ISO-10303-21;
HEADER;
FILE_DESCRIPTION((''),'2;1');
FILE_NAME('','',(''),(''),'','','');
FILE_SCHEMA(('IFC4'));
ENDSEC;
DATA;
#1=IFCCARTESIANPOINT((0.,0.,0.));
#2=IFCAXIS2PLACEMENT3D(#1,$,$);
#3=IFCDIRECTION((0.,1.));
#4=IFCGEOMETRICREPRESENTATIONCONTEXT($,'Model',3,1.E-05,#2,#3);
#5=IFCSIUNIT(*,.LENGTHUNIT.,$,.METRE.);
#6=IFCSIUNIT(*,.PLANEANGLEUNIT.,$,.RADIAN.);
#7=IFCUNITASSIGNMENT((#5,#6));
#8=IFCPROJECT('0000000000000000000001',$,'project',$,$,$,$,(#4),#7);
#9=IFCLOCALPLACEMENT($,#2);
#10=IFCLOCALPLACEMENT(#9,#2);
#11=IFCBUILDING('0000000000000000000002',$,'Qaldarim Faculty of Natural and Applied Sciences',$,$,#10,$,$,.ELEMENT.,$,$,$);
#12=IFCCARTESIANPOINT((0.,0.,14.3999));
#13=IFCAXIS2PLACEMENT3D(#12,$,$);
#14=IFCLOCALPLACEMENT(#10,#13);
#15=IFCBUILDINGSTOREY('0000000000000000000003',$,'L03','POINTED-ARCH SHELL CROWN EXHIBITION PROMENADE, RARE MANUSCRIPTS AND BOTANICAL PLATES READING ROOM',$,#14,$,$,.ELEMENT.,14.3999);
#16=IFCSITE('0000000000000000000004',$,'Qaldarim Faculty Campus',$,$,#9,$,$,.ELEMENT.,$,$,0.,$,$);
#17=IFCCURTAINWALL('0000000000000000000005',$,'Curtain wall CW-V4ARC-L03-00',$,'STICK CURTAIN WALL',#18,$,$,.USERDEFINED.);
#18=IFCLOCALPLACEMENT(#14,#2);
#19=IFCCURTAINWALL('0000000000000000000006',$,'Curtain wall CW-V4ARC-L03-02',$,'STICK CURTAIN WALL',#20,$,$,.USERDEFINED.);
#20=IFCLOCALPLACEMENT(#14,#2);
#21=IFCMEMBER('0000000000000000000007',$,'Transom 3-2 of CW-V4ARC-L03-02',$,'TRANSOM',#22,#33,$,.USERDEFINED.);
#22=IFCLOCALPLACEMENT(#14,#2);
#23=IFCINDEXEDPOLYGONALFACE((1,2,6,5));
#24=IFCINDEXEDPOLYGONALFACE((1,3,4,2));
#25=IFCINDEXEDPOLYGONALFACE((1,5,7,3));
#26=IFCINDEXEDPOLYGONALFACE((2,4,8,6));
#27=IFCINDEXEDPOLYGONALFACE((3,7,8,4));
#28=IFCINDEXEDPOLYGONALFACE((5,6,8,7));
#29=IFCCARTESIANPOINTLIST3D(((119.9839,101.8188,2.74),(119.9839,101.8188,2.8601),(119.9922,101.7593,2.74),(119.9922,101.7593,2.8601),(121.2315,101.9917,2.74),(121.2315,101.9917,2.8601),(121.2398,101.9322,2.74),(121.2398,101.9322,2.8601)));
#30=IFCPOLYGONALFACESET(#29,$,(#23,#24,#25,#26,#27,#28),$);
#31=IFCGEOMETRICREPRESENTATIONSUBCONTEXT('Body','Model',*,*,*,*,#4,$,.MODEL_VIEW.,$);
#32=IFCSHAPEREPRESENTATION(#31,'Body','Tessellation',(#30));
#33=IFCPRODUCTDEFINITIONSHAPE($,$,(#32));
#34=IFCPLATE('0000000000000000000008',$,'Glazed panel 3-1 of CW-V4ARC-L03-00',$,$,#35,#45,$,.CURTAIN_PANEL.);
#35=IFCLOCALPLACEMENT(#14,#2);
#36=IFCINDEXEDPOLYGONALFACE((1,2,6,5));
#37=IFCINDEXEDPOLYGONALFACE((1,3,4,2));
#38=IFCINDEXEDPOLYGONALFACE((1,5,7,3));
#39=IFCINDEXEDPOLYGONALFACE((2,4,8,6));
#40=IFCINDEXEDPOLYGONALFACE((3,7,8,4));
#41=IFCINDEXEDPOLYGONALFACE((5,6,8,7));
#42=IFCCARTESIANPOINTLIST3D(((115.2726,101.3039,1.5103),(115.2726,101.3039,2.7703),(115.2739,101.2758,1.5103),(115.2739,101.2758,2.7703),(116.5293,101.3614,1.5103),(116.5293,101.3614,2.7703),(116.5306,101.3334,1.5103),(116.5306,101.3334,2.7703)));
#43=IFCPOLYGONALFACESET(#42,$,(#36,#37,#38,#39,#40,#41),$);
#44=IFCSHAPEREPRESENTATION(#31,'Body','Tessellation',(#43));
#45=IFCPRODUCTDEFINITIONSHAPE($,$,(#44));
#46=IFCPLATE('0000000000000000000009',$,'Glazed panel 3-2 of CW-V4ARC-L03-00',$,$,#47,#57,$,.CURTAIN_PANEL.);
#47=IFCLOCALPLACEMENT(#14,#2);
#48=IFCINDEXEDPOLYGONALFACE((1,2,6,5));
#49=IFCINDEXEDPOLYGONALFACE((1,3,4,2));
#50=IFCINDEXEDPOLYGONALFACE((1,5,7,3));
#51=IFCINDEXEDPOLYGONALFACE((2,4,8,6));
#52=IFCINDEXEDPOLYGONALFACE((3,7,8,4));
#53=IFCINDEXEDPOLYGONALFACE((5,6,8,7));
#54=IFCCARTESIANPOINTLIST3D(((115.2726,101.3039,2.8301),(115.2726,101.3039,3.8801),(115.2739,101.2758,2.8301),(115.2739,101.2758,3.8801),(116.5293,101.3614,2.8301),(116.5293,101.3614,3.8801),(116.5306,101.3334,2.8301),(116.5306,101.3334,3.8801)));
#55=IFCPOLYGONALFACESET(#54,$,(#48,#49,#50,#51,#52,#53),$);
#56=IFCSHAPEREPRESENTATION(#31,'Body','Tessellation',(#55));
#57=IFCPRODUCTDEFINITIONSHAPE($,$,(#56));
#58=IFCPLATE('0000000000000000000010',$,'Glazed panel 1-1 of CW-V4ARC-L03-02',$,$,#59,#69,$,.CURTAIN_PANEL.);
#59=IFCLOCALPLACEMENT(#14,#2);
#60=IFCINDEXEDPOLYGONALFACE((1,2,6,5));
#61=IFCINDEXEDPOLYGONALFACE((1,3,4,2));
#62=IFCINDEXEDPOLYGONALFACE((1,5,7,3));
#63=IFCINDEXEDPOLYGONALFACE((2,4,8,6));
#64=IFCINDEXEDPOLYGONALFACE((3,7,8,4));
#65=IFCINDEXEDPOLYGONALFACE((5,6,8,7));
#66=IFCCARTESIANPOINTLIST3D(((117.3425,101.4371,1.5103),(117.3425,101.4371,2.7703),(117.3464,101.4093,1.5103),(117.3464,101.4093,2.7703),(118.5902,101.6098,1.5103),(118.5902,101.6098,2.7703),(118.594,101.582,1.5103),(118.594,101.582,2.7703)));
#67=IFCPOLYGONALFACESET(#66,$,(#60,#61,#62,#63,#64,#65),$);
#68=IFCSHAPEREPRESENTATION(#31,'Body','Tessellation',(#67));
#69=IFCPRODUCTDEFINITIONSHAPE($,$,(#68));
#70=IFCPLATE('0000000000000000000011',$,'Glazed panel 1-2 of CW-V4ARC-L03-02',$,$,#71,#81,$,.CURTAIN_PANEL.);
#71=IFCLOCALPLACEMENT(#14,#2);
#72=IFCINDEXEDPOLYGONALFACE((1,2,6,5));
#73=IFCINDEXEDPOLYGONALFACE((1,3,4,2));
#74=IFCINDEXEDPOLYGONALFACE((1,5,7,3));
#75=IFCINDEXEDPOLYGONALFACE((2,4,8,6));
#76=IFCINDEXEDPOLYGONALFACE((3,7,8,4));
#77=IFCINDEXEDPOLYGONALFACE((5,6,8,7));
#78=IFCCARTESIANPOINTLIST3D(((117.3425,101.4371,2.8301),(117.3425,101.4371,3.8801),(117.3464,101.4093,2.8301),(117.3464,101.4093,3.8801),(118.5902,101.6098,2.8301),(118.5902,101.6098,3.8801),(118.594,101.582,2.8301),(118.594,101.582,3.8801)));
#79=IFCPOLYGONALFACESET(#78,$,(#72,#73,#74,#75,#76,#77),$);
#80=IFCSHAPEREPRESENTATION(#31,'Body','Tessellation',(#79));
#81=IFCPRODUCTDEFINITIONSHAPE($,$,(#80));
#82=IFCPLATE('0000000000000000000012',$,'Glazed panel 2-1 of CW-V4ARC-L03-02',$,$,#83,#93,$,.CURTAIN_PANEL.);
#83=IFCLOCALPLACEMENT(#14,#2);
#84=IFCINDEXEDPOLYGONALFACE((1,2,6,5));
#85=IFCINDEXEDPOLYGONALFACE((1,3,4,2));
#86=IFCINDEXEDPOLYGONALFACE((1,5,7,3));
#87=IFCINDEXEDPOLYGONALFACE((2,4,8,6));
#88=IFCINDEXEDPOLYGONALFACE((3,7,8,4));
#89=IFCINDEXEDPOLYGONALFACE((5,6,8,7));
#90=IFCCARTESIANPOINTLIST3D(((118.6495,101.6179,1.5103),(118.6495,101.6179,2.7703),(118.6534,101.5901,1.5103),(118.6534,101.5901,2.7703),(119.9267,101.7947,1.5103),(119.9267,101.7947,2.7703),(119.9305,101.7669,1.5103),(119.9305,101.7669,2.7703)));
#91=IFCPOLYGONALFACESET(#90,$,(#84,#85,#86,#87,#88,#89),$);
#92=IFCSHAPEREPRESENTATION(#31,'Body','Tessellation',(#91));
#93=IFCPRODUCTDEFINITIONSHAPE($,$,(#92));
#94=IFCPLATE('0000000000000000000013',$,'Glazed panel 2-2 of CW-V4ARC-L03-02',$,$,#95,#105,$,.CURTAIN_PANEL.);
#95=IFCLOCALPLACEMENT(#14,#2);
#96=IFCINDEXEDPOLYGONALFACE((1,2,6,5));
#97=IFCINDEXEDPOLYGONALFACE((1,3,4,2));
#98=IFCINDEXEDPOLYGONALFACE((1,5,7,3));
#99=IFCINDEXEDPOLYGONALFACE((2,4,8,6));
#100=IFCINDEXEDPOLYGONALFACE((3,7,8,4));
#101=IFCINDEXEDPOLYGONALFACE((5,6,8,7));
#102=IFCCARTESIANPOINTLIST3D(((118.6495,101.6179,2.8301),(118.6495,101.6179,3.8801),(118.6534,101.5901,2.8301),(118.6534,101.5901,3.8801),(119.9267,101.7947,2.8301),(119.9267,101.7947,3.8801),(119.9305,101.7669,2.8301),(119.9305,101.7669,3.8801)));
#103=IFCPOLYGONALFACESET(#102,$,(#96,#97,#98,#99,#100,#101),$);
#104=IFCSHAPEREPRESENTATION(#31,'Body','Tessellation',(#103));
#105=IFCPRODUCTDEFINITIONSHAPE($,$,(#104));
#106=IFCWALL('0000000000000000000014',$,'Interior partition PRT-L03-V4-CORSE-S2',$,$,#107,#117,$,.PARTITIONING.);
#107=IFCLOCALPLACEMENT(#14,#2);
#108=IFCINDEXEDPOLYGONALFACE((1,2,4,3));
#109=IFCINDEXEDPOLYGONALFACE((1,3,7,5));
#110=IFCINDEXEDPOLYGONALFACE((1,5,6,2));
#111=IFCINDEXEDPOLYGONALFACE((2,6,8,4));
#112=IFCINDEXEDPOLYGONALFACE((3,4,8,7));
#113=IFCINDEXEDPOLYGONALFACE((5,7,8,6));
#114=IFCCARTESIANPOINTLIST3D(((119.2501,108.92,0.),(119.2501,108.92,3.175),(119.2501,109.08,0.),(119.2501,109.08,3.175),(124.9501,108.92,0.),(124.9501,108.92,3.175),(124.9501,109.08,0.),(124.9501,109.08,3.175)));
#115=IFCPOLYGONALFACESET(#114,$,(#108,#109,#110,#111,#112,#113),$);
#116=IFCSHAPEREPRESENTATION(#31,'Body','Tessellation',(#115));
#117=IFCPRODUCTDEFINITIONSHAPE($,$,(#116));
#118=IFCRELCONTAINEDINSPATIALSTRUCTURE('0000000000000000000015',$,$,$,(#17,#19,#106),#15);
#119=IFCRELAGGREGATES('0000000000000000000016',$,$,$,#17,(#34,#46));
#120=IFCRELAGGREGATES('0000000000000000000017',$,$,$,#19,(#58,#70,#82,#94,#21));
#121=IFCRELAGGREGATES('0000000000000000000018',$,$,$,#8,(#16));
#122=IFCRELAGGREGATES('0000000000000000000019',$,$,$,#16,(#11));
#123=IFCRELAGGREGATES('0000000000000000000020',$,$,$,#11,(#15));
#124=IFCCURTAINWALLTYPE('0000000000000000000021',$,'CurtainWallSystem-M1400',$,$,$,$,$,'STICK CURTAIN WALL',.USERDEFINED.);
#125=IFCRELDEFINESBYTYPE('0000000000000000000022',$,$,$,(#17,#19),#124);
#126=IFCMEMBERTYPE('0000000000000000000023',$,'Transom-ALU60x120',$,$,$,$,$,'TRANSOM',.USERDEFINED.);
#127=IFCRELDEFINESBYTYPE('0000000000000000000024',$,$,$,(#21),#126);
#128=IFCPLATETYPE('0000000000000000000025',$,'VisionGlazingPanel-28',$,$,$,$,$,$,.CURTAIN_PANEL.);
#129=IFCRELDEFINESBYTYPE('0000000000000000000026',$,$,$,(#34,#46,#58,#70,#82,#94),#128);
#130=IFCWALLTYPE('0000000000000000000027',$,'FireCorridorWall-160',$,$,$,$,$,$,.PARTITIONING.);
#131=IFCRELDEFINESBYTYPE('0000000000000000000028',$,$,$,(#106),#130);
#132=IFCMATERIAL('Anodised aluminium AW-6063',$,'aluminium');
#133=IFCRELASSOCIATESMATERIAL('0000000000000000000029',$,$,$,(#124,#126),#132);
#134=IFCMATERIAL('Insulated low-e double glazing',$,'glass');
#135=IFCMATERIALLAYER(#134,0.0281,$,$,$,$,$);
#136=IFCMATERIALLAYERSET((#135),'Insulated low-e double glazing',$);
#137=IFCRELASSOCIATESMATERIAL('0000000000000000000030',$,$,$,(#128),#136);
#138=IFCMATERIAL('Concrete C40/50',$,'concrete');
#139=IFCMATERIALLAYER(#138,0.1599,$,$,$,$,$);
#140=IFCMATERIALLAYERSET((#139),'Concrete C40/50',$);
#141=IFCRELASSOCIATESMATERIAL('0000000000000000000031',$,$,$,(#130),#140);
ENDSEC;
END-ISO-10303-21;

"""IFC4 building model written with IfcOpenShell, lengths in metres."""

from ifc_helpers import new_model, si_unit, direction, frame, frame_2d, origin, origin_2d, place, context, subcontext, project, spatial, rectangle, extrude, material, layer, layer_set, material_profile, profile_set, type_object, element, aggregate, save


model = new_model("IFC4")

# Units and contexts
model_context = context("Model", 3, precision=1e-05, world=origin(), true_north=direction((0.0, 1.0)))
body_context = subcontext(model_context, "Body", "Model", "MODEL_VIEW")
ifc_project = project(units=[si_unit("LENGTHUNIT", "METRE"), si_unit("PLANEANGLEUNIT", "RADIAN")], contexts=[model_context])

# Site, building, storey
site_placement = place(None, origin())
site = spatial("IfcSite", under=ifc_project, at=site_placement, Name="Qaldarim Faculty Campus", CompositionType="ELEMENT", RefElevation=0.0)
building_placement = place(site_placement, origin())
building = spatial("IfcBuilding", under=site, at=building_placement, Name="Qaldarim Faculty of Natural and Applied Sciences", CompositionType="ELEMENT")
storey_placement = place(building_placement, frame((0.0, 0.0, 14.3999)))
storey = spatial("IfcBuildingStorey", under=building, at=storey_placement, Name="L03", Description="POINTED-ARCH SHELL CROWN EXHIBITION PROMENADE, RARE MANUSCRIPTS AND BOTANICAL PLATES READING ROOM", CompositionType="ELEMENT", Elevation=14.3999)

# Curtain wall
ifc_material_1 = material(Name="Anodised aluminium AW-6063", Category="aluminium")
curtain_wall_type = type_object("IfcCurtainWallType", Name="CurtainWallSystem-M1400", ElementType="STICK CURTAIN WALL", PredefinedType="USERDEFINED", material=ifc_material_1)
curtain_wall_1_placement = place(storey_placement, origin())
curtain_wall_1 = element("IfcCurtainWall", 1, at=curtain_wall_1_placement, inside=storey, type_object=curtain_wall_type, Name="Curtain wall CW-V4ARC-L03-00", ObjectType="STICK CURTAIN WALL", PredefinedType="USERDEFINED")

# Curtain wall
curtain_wall_2_placement = place(storey_placement, origin())
curtain_wall_2 = element("IfcCurtainWall", 2, at=curtain_wall_2_placement, inside=storey, type_object=curtain_wall_type, Name="Curtain wall CW-V4ARC-L03-02", ObjectType="STICK CURTAIN WALL", PredefinedType="USERDEFINED")

# Member
ifc_material_profile_1 = material_profile(ifc_material_1, rectangle(XDim=0.0601, YDim=0.1201, at=origin_2d()), Name="ALU-T60x120")
ifc_profile_set_1 = profile_set([ifc_material_profile_1], Name="Anodised aluminium AW-6063")
member_type_1 = type_object("IfcMemberType", Name="Transom-ALU60x120", ElementType="TRANSOM", PredefinedType="USERDEFINED", material=ifc_profile_set_1)
member_1_placement = place(storey_placement, frame((119.988, 101.7891, 2.8), z_axis=(0.990538, 0.137241, 0.0), x_axis=(-0.137241, 0.990538, 0.0)))
member_1 = element("IfcMember", 3, at=member_1_placement, type_object=member_type_1, Name="Transom 3-2 of CW-V4ARC-L03-02", ObjectType="TRANSOM", PredefinedType="USERDEFINED", context=body_context, shape_type="SweptSolid", body=[
    extrude(rectangle(XDim=0.0601, YDim=0.1201, at=origin_2d()), origin(), (0.0, 0.0, 1.0), 1.2595),
])

# Plates
ifc_material_2 = material(Name="Insulated low-e double glazing", Category="glass")
ifc_layer_1 = layer(ifc_material_2, 0.0281)
ifc_layer_set_1 = layer_set([ifc_layer_1], Name="Insulated low-e double glazing")
plate_type = type_object("IfcPlateType", Name="VisionGlazingPanel-28", PredefinedType="CURTAIN_PANEL", material=ifc_layer_set_1)
plate_1_placement = place(storey_placement, frame((115.9016, 101.3186, 1.5103), z_axis=(0.0, 0.0, 1.0), x_axis=(0.998953, 0.045747, 0.0)))
plate_1 = element("IfcPlate", 4, at=plate_1_placement, type_object=plate_type, Name="Glazed panel 3-1 of CW-V4ARC-L03-00", PredefinedType="CURTAIN_PANEL", context=body_context, shape_type="SweptSolid", body=[
    extrude(rectangle(XDim=1.2581, YDim=0.0281, at=origin_2d()), origin(), (0.0, 0.0, 1.0), 1.26),
])
plate_2_placement = place(storey_placement, frame((115.9016, 101.3186, 2.8301), z_axis=(0.0, 0.0, 1.0), x_axis=(0.998953, 0.045747, 0.0)))
plate_2 = element("IfcPlate", 5, at=plate_2_placement, type_object=plate_type, Name="Glazed panel 3-2 of CW-V4ARC-L03-00", PredefinedType="CURTAIN_PANEL", context=body_context, shape_type="SweptSolid", body=[
    extrude(rectangle(XDim=1.2581, YDim=0.0281, at=origin_2d()), origin(), (0.0, 0.0, 1.0), 1.05),
])
aggregate(curtain_wall_1, [plate_1, plate_2])
plate_3_placement = place(storey_placement, frame((117.9683, 101.5095, 1.5103), z_axis=(0.0, 0.0, 1.0), x_axis=(0.990557, 0.137099, 0.0)))
plate_3 = element("IfcPlate", 6, at=plate_3_placement, type_object=plate_type, Name="Glazed panel 1-1 of CW-V4ARC-L03-02", PredefinedType="CURTAIN_PANEL", context=body_context, shape_type="SweptSolid", body=[
    extrude(rectangle(XDim=1.2595, YDim=0.0281, at=origin_2d()), origin(), (0.0, 0.0, 1.0), 1.26),
])
plate_4_placement = place(storey_placement, frame((117.9683, 101.5095, 2.8301), z_axis=(0.0, 0.0, 1.0), x_axis=(0.990557, 0.137099, 0.0)))
plate_4 = element("IfcPlate", 7, at=plate_4_placement, type_object=plate_type, Name="Glazed panel 1-2 of CW-V4ARC-L03-02", PredefinedType="CURTAIN_PANEL", context=body_context, shape_type="SweptSolid", body=[
    extrude(rectangle(XDim=1.2595, YDim=0.0281, at=origin_2d()), origin(), (0.0, 0.0, 1.0), 1.05),
])
plate_5_placement = place(storey_placement, frame((119.29, 101.6924, 1.5103), z_axis=(0.0, 0.0, 1.0), x_axis=(0.990557, 0.137099, 0.0)))
plate_5 = element("IfcPlate", 8, at=plate_5_placement, type_object=plate_type, Name="Glazed panel 2-1 of CW-V4ARC-L03-02", PredefinedType="CURTAIN_PANEL", context=body_context, shape_type="SweptSolid", body=[
    extrude(rectangle(XDim=1.2893, YDim=0.0281, at=origin_2d()), origin(), (0.0, 0.0, 1.0), 1.26),
])
plate_6_placement = place(storey_placement, frame((119.29, 101.6924, 2.8301), z_axis=(0.0, 0.0, 1.0), x_axis=(0.990557, 0.137099, 0.0)))
plate_6 = element("IfcPlate", 9, at=plate_6_placement, type_object=plate_type, Name="Glazed panel 2-2 of CW-V4ARC-L03-02", PredefinedType="CURTAIN_PANEL", context=body_context, shape_type="SweptSolid", body=[
    extrude(rectangle(XDim=1.2893, YDim=0.0281, at=origin_2d()), origin(), (0.0, 0.0, 1.0), 1.05),
])
aggregate(curtain_wall_2, [plate_3, plate_4, plate_5, plate_6, member_1])

# Wall
ifc_material_3 = material(Name="Concrete C40/50", Category="concrete")
ifc_layer_2 = layer(ifc_material_3, 0.1599)
ifc_layer_set_2 = layer_set([ifc_layer_2], Name="Concrete C40/50")
wall_type = type_object("IfcWallType", Name="FireCorridorWall-160", PredefinedType="PARTITIONING", material=ifc_layer_set_2)
wall_placement = place(storey_placement, frame((119.25, 109.0, 0.0), z_axis=(0.0, 0.0, 1.0), x_axis=(1.0, 0.0, 0.0)))
element("IfcWall", 10, at=wall_placement, inside=storey, type_object=wall_type, Name="Interior partition PRT-L03-V4-CORSE-S2", PredefinedType="PARTITIONING", context=body_context, shape_type="SweptSolid", body=[
    extrude(rectangle(XDim=5.7, YDim=0.1599, at=frame_2d((2.8501, 0.0))), origin(), (0.0, 0.0, 1.0), 3.175),
])

save(model, "model.ifc")
